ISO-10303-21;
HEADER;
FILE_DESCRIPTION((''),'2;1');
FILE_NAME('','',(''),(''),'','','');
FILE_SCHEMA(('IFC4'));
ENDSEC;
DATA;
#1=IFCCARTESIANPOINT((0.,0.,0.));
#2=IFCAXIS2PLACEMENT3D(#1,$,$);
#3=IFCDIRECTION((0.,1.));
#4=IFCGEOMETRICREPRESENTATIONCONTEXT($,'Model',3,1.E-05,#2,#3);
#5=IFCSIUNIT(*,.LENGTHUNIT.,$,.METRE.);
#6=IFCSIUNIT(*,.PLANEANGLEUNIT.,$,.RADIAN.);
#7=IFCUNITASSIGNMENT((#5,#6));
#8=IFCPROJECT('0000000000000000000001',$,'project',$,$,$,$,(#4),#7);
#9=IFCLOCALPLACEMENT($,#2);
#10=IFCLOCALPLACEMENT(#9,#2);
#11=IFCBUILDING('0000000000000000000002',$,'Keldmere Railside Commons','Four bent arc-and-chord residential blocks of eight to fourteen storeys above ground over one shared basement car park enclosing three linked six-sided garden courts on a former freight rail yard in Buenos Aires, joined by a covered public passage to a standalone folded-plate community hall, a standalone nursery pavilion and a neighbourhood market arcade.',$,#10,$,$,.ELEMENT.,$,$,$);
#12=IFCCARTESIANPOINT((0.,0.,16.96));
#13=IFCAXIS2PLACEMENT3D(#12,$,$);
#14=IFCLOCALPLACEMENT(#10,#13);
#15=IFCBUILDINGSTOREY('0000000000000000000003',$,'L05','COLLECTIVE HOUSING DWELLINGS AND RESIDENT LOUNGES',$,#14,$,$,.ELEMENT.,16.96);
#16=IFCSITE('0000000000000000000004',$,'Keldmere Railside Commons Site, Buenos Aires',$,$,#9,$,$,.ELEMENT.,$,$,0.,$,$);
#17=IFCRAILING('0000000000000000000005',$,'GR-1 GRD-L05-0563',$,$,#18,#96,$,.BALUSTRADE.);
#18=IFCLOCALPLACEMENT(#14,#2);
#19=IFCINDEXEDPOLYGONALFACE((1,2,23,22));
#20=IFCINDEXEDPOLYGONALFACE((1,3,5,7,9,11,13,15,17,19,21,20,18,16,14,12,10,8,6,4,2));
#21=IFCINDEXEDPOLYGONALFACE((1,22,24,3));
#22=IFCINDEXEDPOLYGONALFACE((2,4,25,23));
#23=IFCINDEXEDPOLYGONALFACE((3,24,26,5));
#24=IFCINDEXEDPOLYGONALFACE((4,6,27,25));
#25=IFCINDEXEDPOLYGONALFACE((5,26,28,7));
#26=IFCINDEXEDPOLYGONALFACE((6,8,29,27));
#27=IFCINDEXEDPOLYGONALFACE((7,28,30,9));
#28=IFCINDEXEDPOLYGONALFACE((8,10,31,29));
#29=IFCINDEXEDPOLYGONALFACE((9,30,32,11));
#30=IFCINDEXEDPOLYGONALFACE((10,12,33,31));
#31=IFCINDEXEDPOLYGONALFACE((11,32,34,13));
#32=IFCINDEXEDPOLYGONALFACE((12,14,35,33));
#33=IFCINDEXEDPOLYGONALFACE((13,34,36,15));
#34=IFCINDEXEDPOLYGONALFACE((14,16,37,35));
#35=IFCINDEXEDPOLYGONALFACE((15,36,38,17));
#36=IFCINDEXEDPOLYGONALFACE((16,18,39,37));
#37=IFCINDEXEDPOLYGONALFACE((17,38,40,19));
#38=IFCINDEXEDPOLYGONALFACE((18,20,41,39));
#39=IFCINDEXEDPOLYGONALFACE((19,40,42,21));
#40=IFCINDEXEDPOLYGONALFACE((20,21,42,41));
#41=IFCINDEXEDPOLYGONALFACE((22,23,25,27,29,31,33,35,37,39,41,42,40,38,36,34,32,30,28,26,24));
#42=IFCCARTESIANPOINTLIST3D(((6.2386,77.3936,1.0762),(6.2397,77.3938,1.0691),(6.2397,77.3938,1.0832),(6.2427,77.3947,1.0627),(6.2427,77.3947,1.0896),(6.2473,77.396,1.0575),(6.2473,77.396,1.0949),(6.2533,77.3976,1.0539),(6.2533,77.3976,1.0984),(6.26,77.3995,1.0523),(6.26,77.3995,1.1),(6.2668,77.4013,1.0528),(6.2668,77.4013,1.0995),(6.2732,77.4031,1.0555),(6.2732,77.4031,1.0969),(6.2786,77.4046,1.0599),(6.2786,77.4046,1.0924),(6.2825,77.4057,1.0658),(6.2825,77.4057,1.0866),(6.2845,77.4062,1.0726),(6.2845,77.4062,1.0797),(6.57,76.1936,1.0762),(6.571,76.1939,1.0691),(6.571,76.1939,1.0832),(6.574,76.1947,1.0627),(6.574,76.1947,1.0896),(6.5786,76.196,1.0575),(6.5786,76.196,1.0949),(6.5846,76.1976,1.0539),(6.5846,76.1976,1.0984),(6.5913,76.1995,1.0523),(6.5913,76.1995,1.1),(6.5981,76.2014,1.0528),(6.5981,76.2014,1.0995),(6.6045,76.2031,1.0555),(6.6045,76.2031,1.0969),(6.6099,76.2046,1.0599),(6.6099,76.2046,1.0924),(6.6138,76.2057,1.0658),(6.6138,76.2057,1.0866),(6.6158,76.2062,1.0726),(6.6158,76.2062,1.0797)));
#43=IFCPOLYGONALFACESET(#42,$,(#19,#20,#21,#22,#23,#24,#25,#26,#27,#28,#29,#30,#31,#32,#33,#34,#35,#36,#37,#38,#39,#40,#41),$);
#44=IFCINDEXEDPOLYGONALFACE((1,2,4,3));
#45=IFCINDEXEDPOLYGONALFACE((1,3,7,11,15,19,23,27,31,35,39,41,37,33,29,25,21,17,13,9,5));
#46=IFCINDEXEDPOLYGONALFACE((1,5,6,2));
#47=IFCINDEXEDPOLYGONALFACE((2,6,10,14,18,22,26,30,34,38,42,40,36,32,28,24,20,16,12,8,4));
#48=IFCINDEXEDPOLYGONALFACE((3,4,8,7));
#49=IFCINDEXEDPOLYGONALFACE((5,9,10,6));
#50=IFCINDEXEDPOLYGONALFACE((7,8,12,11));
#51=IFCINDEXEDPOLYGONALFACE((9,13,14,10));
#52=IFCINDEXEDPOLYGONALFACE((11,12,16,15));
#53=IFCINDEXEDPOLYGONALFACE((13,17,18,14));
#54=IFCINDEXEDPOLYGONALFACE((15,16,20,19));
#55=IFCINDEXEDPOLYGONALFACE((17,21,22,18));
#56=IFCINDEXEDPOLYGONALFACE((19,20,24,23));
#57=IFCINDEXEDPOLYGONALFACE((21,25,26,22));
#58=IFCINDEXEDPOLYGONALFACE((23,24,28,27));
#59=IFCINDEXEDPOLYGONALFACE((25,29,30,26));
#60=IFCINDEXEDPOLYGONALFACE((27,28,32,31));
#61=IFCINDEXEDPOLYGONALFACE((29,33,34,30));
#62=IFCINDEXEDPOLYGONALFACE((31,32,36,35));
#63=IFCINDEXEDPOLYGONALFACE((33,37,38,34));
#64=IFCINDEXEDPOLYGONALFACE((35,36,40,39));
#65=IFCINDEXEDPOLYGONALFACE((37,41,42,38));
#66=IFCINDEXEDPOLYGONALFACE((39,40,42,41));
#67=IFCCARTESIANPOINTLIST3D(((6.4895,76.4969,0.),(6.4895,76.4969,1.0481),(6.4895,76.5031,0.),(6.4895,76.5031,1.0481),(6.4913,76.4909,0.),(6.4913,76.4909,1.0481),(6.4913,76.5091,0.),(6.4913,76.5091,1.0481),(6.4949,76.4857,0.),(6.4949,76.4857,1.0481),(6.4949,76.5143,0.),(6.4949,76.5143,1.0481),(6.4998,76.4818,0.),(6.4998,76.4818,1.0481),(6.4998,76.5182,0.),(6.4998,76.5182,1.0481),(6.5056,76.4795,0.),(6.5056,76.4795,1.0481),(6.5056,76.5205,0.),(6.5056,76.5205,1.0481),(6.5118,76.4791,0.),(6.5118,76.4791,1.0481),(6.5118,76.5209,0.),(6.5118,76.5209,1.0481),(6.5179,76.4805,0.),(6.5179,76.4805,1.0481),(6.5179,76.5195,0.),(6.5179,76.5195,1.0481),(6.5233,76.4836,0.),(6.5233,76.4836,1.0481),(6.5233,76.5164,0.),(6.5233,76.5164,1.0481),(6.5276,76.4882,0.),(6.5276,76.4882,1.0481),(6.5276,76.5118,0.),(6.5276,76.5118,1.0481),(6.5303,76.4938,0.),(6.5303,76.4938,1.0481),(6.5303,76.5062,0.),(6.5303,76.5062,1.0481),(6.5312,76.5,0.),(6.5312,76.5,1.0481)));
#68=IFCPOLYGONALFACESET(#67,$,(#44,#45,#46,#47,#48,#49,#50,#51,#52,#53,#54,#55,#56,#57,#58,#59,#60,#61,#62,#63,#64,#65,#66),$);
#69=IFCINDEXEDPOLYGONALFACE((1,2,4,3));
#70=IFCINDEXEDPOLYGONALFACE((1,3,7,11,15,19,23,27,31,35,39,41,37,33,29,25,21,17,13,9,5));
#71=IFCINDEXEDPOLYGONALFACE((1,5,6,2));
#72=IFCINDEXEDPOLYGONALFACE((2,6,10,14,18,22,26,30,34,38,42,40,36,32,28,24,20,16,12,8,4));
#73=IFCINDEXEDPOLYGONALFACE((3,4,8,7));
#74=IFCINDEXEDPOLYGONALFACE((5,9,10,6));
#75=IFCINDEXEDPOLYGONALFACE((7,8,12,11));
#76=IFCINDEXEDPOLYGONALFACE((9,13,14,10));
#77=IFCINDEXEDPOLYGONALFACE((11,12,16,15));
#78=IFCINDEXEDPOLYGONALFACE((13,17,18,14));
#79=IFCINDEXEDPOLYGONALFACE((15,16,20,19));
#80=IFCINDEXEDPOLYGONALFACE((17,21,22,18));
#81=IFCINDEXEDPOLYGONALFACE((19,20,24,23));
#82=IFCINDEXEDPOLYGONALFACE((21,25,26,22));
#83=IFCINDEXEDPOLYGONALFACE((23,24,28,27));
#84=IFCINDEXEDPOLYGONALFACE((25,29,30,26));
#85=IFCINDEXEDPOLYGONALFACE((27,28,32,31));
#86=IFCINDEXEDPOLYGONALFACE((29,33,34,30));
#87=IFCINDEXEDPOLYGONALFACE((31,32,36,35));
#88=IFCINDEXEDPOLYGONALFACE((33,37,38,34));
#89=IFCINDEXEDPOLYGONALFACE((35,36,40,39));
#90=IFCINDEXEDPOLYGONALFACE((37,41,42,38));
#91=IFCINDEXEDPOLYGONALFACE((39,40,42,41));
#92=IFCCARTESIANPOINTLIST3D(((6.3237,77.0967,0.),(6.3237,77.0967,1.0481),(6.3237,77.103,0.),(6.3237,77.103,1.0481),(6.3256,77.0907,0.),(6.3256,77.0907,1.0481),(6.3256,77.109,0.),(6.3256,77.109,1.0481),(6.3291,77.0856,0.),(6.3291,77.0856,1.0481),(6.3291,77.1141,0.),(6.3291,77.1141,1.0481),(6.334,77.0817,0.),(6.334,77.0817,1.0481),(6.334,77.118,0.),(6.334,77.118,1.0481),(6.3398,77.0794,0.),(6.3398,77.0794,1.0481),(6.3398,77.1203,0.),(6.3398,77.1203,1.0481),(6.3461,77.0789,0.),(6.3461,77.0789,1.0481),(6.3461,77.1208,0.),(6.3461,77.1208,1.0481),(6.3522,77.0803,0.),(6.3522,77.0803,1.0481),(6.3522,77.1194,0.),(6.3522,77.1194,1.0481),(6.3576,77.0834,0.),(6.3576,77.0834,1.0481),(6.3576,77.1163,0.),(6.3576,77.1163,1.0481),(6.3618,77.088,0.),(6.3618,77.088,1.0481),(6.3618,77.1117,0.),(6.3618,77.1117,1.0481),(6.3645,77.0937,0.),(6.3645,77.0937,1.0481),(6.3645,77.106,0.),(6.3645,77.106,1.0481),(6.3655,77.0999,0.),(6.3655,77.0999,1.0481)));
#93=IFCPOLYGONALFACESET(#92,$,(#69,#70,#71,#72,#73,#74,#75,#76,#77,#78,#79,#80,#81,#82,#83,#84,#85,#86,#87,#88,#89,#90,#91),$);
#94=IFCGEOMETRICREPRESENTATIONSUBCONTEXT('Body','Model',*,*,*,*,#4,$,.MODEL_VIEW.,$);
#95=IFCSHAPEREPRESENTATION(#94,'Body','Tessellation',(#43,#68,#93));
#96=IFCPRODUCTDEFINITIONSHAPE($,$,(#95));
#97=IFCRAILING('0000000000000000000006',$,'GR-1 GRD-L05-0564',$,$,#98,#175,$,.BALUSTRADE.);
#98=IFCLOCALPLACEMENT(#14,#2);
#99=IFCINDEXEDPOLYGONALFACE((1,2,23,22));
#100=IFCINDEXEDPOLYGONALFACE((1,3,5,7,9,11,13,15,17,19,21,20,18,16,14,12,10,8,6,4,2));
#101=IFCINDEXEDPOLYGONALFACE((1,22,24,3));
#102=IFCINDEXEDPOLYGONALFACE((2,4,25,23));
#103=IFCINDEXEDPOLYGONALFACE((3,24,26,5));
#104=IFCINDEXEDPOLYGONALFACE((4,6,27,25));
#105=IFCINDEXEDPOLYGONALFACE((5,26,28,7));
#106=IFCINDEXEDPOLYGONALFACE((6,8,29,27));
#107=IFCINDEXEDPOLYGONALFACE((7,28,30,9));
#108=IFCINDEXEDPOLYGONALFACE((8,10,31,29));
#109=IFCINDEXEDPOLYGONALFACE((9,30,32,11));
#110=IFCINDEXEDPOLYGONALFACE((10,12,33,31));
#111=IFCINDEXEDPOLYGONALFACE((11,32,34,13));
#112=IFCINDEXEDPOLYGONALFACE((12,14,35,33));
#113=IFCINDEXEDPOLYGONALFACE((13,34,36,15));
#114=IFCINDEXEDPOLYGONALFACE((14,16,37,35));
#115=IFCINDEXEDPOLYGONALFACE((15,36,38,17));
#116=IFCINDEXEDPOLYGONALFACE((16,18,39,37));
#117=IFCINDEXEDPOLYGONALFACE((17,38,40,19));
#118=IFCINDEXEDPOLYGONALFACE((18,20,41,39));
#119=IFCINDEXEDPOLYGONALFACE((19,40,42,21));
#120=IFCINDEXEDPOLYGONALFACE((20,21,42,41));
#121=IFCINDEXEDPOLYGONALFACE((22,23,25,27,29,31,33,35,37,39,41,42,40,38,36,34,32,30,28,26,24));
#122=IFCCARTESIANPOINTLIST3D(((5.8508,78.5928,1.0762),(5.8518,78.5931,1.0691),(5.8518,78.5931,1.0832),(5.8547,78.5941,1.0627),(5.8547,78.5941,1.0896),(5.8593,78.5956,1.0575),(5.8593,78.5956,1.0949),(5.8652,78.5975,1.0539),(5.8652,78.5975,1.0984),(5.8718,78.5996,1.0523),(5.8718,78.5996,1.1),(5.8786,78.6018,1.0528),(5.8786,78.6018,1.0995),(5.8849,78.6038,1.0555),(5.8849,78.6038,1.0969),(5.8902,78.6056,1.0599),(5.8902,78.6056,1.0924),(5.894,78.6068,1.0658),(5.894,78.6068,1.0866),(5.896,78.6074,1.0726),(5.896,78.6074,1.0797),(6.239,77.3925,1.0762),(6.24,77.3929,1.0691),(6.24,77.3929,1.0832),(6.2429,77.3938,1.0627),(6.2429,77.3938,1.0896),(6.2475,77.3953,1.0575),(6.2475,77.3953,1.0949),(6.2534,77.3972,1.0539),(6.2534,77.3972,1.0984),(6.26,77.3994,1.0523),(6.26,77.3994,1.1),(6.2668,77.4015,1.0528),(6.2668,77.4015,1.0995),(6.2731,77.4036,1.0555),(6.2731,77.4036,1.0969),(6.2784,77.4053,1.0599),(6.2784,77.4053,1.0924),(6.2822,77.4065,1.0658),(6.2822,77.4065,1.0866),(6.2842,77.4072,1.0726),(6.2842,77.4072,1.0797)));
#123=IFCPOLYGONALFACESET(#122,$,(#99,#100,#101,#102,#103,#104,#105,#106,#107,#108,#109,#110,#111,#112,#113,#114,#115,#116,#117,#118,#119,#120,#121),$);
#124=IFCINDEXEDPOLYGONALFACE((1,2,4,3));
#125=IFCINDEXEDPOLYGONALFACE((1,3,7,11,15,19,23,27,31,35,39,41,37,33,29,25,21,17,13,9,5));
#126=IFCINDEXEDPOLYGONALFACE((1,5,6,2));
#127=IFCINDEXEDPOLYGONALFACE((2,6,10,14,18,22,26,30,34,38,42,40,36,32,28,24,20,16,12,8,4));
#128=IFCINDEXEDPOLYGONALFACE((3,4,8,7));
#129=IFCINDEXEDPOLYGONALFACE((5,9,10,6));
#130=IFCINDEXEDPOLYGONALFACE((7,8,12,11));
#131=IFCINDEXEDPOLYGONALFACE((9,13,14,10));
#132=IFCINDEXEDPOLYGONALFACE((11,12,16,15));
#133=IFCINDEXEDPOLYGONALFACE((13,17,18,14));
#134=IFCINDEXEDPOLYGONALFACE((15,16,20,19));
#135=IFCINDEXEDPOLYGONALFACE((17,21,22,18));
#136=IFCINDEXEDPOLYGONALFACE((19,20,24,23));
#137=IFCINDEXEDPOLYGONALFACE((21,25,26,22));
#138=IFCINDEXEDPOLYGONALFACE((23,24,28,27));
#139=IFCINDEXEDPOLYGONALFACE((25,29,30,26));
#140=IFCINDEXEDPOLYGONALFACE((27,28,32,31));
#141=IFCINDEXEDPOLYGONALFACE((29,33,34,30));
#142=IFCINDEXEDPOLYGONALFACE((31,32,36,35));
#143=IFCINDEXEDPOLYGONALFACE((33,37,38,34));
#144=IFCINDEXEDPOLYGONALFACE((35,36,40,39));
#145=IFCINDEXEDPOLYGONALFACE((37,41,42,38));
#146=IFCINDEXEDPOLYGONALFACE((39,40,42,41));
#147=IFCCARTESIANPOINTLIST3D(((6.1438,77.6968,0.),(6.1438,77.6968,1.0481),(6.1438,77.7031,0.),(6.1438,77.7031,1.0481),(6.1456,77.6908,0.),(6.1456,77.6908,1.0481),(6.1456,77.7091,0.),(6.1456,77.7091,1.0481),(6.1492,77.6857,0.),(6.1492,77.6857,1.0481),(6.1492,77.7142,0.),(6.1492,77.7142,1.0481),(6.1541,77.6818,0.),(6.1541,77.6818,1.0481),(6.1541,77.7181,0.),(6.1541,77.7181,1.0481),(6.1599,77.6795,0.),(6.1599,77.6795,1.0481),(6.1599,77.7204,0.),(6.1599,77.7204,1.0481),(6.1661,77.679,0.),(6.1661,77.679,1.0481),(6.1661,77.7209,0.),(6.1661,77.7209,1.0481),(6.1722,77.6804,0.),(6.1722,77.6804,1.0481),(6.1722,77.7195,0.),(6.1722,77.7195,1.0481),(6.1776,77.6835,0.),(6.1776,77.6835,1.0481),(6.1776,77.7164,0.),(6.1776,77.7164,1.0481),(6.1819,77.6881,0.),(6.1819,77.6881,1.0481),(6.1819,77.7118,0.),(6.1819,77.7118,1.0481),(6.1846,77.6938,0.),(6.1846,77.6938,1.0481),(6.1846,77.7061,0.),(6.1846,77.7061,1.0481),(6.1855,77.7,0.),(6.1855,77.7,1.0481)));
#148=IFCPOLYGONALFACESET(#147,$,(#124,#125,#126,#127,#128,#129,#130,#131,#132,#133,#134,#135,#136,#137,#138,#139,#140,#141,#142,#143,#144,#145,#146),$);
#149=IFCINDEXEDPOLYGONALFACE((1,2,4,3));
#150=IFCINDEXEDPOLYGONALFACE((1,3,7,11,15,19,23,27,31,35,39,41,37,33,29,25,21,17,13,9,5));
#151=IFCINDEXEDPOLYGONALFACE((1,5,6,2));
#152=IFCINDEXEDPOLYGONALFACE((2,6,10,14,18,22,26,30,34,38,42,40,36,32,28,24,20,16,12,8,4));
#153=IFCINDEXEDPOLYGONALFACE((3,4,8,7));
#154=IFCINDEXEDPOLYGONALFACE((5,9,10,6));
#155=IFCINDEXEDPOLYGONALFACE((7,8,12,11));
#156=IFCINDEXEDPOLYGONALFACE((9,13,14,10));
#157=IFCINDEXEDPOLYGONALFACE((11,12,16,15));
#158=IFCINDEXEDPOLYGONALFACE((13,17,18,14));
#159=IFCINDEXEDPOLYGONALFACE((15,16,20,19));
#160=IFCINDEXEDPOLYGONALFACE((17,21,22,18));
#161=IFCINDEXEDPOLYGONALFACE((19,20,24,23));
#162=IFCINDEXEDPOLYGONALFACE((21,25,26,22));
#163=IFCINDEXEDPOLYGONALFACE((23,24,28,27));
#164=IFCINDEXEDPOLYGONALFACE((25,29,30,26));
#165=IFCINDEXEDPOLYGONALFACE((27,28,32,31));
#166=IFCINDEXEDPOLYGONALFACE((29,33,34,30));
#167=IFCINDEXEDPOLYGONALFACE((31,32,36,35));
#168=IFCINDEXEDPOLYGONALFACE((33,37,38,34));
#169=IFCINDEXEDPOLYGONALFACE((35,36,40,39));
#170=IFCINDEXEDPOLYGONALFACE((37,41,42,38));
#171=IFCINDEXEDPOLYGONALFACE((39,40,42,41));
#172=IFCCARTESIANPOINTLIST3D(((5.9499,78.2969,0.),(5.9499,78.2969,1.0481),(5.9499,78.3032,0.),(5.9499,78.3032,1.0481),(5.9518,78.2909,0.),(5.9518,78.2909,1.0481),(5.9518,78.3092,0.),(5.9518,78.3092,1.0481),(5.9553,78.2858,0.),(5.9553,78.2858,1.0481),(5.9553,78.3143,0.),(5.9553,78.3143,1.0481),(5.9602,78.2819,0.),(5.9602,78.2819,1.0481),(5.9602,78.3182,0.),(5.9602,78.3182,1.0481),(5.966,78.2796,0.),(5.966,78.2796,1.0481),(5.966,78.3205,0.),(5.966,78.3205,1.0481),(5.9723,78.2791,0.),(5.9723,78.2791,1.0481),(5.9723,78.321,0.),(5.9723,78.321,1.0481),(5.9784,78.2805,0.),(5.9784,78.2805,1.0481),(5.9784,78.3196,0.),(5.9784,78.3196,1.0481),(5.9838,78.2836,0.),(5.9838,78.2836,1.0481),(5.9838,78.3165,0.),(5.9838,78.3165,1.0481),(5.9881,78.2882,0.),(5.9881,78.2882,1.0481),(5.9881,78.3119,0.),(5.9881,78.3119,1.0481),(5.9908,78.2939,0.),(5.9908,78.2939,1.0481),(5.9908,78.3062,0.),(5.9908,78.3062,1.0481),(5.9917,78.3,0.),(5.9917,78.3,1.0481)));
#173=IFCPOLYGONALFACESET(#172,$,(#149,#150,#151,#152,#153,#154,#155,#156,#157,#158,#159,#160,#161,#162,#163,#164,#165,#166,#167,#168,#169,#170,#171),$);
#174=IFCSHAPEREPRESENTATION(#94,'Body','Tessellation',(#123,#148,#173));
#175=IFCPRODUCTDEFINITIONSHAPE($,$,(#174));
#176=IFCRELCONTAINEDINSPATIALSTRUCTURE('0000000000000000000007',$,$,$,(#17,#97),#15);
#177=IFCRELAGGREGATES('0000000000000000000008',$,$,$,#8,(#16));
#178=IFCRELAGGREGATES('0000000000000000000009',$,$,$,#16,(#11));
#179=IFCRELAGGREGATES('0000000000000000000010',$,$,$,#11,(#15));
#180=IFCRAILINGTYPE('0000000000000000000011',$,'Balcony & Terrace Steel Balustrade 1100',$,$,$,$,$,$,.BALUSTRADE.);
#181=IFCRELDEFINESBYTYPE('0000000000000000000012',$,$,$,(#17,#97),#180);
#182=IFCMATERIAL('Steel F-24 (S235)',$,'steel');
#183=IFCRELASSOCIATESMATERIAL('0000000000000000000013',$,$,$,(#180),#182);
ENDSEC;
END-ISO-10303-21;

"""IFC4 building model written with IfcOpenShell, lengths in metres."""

from ifc_helpers import new_model, si_unit, direction, frame, origin, origin_2d, place, context, subcontext, project, spatial, circle, extrude, material, type_object, element, save


model = new_model("IFC4")

# Units and contexts
model_context = context("Model", 3, precision=1e-05, world=origin(), true_north=direction((0.0, 1.0)))
body_context = subcontext(model_context, "Body", "Model", "MODEL_VIEW")
ifc_project = project(units=[si_unit("LENGTHUNIT", "METRE"), si_unit("PLANEANGLEUNIT", "RADIAN")], contexts=[model_context])

# Site, building, storey
site_placement = place(None, origin())
site = spatial("IfcSite", under=ifc_project, at=site_placement, Name="Keldmere Railside Commons Site, Buenos Aires", CompositionType="ELEMENT", RefElevation=0.0)
building_placement = place(site_placement, origin())
building = spatial("IfcBuilding", under=site, at=building_placement, Name="Keldmere Railside Commons", Description="Four bent arc-and-chord residential blocks of eight to fourteen storeys above ground over one shared basement car park enclosing three linked six-sided garden courts on a former freight rail yard in Buenos Aires, joined by a covered public passage to a standalone folded-plate community hall, a standalone nursery pavilion and a neighbourhood market arcade.", CompositionType="ELEMENT")
storey_placement = place(building_placement, frame((0.0, 0.0, 16.96)))
storey = spatial("IfcBuildingStorey", under=building, at=storey_placement, Name="L05", Description="COLLECTIVE HOUSING DWELLINGS AND RESIDENT LOUNGES", CompositionType="ELEMENT", Elevation=16.96)

# Shared definitions
ifc_material_1 = material(Name="Steel F-24 (S235)", Category="steel")

# Railings
railing_type_1 = type_object("IfcRailingType", Name="Balcony & Terrace Steel Balustrade 1100", PredefinedType="BALUSTRADE", material=ifc_material_1)
railing_1_placement = place(storey_placement, frame((6.593, 76.2, 0.0)))
element("IfcRailing", 1, at=railing_1_placement, inside=storey, type_object=railing_type_1, Name="GR-1 GRD-L05-0563", PredefinedType="BALUSTRADE", context=body_context, shape_type="SweptSolid", body=[
    extrude(circle(Radius=0.0239, at=origin_2d()), frame((0.0, 0.0, 1.0762), z_axis=(-0.266136, 0.963935, 0.0), x_axis=(-0.963935, -0.266136, 0.0)), (0.0, 0.0, 1.0), 1.2449),
    extrude(circle(Radius=0.021, at=origin_2d()), frame((-0.0828, 0.3, 0.0)), (0.0, 0.0, 1.0), 1.0481),
    extrude(circle(Radius=0.021, at=origin_2d()), frame((-0.2485, 0.8999, 0.0)), (0.0, 0.0, 1.0), 1.0481),
])
railing_2_placement = place(storey_placement, frame((6.2617, 77.3999, 0.0)))
element("IfcRailing", 2, at=railing_2_placement, inside=storey, type_object=railing_type_1, Name="GR-1 GRD-L05-0564", PredefinedType="BALUSTRADE", context=body_context, shape_type="SweptSolid", body=[
    extrude(circle(Radius=0.0239, at=origin_2d()), frame((0.0, 0.0, 1.0762), z_axis=(-0.307738, 0.951471, 0.0), x_axis=(-0.951471, -0.307738, 0.0)), (0.0, 0.0, 1.0), 1.2615),
    extrude(circle(Radius=0.021, at=origin_2d()), frame((-0.0972, 0.3, 0.0)), (0.0, 0.0, 1.0), 1.0481),
    extrude(circle(Radius=0.021, at=origin_2d()), frame((-0.291, 0.9001, 0.0)), (0.0, 0.0, 1.0), 1.0481),
])

save(model, "model.ifc")
